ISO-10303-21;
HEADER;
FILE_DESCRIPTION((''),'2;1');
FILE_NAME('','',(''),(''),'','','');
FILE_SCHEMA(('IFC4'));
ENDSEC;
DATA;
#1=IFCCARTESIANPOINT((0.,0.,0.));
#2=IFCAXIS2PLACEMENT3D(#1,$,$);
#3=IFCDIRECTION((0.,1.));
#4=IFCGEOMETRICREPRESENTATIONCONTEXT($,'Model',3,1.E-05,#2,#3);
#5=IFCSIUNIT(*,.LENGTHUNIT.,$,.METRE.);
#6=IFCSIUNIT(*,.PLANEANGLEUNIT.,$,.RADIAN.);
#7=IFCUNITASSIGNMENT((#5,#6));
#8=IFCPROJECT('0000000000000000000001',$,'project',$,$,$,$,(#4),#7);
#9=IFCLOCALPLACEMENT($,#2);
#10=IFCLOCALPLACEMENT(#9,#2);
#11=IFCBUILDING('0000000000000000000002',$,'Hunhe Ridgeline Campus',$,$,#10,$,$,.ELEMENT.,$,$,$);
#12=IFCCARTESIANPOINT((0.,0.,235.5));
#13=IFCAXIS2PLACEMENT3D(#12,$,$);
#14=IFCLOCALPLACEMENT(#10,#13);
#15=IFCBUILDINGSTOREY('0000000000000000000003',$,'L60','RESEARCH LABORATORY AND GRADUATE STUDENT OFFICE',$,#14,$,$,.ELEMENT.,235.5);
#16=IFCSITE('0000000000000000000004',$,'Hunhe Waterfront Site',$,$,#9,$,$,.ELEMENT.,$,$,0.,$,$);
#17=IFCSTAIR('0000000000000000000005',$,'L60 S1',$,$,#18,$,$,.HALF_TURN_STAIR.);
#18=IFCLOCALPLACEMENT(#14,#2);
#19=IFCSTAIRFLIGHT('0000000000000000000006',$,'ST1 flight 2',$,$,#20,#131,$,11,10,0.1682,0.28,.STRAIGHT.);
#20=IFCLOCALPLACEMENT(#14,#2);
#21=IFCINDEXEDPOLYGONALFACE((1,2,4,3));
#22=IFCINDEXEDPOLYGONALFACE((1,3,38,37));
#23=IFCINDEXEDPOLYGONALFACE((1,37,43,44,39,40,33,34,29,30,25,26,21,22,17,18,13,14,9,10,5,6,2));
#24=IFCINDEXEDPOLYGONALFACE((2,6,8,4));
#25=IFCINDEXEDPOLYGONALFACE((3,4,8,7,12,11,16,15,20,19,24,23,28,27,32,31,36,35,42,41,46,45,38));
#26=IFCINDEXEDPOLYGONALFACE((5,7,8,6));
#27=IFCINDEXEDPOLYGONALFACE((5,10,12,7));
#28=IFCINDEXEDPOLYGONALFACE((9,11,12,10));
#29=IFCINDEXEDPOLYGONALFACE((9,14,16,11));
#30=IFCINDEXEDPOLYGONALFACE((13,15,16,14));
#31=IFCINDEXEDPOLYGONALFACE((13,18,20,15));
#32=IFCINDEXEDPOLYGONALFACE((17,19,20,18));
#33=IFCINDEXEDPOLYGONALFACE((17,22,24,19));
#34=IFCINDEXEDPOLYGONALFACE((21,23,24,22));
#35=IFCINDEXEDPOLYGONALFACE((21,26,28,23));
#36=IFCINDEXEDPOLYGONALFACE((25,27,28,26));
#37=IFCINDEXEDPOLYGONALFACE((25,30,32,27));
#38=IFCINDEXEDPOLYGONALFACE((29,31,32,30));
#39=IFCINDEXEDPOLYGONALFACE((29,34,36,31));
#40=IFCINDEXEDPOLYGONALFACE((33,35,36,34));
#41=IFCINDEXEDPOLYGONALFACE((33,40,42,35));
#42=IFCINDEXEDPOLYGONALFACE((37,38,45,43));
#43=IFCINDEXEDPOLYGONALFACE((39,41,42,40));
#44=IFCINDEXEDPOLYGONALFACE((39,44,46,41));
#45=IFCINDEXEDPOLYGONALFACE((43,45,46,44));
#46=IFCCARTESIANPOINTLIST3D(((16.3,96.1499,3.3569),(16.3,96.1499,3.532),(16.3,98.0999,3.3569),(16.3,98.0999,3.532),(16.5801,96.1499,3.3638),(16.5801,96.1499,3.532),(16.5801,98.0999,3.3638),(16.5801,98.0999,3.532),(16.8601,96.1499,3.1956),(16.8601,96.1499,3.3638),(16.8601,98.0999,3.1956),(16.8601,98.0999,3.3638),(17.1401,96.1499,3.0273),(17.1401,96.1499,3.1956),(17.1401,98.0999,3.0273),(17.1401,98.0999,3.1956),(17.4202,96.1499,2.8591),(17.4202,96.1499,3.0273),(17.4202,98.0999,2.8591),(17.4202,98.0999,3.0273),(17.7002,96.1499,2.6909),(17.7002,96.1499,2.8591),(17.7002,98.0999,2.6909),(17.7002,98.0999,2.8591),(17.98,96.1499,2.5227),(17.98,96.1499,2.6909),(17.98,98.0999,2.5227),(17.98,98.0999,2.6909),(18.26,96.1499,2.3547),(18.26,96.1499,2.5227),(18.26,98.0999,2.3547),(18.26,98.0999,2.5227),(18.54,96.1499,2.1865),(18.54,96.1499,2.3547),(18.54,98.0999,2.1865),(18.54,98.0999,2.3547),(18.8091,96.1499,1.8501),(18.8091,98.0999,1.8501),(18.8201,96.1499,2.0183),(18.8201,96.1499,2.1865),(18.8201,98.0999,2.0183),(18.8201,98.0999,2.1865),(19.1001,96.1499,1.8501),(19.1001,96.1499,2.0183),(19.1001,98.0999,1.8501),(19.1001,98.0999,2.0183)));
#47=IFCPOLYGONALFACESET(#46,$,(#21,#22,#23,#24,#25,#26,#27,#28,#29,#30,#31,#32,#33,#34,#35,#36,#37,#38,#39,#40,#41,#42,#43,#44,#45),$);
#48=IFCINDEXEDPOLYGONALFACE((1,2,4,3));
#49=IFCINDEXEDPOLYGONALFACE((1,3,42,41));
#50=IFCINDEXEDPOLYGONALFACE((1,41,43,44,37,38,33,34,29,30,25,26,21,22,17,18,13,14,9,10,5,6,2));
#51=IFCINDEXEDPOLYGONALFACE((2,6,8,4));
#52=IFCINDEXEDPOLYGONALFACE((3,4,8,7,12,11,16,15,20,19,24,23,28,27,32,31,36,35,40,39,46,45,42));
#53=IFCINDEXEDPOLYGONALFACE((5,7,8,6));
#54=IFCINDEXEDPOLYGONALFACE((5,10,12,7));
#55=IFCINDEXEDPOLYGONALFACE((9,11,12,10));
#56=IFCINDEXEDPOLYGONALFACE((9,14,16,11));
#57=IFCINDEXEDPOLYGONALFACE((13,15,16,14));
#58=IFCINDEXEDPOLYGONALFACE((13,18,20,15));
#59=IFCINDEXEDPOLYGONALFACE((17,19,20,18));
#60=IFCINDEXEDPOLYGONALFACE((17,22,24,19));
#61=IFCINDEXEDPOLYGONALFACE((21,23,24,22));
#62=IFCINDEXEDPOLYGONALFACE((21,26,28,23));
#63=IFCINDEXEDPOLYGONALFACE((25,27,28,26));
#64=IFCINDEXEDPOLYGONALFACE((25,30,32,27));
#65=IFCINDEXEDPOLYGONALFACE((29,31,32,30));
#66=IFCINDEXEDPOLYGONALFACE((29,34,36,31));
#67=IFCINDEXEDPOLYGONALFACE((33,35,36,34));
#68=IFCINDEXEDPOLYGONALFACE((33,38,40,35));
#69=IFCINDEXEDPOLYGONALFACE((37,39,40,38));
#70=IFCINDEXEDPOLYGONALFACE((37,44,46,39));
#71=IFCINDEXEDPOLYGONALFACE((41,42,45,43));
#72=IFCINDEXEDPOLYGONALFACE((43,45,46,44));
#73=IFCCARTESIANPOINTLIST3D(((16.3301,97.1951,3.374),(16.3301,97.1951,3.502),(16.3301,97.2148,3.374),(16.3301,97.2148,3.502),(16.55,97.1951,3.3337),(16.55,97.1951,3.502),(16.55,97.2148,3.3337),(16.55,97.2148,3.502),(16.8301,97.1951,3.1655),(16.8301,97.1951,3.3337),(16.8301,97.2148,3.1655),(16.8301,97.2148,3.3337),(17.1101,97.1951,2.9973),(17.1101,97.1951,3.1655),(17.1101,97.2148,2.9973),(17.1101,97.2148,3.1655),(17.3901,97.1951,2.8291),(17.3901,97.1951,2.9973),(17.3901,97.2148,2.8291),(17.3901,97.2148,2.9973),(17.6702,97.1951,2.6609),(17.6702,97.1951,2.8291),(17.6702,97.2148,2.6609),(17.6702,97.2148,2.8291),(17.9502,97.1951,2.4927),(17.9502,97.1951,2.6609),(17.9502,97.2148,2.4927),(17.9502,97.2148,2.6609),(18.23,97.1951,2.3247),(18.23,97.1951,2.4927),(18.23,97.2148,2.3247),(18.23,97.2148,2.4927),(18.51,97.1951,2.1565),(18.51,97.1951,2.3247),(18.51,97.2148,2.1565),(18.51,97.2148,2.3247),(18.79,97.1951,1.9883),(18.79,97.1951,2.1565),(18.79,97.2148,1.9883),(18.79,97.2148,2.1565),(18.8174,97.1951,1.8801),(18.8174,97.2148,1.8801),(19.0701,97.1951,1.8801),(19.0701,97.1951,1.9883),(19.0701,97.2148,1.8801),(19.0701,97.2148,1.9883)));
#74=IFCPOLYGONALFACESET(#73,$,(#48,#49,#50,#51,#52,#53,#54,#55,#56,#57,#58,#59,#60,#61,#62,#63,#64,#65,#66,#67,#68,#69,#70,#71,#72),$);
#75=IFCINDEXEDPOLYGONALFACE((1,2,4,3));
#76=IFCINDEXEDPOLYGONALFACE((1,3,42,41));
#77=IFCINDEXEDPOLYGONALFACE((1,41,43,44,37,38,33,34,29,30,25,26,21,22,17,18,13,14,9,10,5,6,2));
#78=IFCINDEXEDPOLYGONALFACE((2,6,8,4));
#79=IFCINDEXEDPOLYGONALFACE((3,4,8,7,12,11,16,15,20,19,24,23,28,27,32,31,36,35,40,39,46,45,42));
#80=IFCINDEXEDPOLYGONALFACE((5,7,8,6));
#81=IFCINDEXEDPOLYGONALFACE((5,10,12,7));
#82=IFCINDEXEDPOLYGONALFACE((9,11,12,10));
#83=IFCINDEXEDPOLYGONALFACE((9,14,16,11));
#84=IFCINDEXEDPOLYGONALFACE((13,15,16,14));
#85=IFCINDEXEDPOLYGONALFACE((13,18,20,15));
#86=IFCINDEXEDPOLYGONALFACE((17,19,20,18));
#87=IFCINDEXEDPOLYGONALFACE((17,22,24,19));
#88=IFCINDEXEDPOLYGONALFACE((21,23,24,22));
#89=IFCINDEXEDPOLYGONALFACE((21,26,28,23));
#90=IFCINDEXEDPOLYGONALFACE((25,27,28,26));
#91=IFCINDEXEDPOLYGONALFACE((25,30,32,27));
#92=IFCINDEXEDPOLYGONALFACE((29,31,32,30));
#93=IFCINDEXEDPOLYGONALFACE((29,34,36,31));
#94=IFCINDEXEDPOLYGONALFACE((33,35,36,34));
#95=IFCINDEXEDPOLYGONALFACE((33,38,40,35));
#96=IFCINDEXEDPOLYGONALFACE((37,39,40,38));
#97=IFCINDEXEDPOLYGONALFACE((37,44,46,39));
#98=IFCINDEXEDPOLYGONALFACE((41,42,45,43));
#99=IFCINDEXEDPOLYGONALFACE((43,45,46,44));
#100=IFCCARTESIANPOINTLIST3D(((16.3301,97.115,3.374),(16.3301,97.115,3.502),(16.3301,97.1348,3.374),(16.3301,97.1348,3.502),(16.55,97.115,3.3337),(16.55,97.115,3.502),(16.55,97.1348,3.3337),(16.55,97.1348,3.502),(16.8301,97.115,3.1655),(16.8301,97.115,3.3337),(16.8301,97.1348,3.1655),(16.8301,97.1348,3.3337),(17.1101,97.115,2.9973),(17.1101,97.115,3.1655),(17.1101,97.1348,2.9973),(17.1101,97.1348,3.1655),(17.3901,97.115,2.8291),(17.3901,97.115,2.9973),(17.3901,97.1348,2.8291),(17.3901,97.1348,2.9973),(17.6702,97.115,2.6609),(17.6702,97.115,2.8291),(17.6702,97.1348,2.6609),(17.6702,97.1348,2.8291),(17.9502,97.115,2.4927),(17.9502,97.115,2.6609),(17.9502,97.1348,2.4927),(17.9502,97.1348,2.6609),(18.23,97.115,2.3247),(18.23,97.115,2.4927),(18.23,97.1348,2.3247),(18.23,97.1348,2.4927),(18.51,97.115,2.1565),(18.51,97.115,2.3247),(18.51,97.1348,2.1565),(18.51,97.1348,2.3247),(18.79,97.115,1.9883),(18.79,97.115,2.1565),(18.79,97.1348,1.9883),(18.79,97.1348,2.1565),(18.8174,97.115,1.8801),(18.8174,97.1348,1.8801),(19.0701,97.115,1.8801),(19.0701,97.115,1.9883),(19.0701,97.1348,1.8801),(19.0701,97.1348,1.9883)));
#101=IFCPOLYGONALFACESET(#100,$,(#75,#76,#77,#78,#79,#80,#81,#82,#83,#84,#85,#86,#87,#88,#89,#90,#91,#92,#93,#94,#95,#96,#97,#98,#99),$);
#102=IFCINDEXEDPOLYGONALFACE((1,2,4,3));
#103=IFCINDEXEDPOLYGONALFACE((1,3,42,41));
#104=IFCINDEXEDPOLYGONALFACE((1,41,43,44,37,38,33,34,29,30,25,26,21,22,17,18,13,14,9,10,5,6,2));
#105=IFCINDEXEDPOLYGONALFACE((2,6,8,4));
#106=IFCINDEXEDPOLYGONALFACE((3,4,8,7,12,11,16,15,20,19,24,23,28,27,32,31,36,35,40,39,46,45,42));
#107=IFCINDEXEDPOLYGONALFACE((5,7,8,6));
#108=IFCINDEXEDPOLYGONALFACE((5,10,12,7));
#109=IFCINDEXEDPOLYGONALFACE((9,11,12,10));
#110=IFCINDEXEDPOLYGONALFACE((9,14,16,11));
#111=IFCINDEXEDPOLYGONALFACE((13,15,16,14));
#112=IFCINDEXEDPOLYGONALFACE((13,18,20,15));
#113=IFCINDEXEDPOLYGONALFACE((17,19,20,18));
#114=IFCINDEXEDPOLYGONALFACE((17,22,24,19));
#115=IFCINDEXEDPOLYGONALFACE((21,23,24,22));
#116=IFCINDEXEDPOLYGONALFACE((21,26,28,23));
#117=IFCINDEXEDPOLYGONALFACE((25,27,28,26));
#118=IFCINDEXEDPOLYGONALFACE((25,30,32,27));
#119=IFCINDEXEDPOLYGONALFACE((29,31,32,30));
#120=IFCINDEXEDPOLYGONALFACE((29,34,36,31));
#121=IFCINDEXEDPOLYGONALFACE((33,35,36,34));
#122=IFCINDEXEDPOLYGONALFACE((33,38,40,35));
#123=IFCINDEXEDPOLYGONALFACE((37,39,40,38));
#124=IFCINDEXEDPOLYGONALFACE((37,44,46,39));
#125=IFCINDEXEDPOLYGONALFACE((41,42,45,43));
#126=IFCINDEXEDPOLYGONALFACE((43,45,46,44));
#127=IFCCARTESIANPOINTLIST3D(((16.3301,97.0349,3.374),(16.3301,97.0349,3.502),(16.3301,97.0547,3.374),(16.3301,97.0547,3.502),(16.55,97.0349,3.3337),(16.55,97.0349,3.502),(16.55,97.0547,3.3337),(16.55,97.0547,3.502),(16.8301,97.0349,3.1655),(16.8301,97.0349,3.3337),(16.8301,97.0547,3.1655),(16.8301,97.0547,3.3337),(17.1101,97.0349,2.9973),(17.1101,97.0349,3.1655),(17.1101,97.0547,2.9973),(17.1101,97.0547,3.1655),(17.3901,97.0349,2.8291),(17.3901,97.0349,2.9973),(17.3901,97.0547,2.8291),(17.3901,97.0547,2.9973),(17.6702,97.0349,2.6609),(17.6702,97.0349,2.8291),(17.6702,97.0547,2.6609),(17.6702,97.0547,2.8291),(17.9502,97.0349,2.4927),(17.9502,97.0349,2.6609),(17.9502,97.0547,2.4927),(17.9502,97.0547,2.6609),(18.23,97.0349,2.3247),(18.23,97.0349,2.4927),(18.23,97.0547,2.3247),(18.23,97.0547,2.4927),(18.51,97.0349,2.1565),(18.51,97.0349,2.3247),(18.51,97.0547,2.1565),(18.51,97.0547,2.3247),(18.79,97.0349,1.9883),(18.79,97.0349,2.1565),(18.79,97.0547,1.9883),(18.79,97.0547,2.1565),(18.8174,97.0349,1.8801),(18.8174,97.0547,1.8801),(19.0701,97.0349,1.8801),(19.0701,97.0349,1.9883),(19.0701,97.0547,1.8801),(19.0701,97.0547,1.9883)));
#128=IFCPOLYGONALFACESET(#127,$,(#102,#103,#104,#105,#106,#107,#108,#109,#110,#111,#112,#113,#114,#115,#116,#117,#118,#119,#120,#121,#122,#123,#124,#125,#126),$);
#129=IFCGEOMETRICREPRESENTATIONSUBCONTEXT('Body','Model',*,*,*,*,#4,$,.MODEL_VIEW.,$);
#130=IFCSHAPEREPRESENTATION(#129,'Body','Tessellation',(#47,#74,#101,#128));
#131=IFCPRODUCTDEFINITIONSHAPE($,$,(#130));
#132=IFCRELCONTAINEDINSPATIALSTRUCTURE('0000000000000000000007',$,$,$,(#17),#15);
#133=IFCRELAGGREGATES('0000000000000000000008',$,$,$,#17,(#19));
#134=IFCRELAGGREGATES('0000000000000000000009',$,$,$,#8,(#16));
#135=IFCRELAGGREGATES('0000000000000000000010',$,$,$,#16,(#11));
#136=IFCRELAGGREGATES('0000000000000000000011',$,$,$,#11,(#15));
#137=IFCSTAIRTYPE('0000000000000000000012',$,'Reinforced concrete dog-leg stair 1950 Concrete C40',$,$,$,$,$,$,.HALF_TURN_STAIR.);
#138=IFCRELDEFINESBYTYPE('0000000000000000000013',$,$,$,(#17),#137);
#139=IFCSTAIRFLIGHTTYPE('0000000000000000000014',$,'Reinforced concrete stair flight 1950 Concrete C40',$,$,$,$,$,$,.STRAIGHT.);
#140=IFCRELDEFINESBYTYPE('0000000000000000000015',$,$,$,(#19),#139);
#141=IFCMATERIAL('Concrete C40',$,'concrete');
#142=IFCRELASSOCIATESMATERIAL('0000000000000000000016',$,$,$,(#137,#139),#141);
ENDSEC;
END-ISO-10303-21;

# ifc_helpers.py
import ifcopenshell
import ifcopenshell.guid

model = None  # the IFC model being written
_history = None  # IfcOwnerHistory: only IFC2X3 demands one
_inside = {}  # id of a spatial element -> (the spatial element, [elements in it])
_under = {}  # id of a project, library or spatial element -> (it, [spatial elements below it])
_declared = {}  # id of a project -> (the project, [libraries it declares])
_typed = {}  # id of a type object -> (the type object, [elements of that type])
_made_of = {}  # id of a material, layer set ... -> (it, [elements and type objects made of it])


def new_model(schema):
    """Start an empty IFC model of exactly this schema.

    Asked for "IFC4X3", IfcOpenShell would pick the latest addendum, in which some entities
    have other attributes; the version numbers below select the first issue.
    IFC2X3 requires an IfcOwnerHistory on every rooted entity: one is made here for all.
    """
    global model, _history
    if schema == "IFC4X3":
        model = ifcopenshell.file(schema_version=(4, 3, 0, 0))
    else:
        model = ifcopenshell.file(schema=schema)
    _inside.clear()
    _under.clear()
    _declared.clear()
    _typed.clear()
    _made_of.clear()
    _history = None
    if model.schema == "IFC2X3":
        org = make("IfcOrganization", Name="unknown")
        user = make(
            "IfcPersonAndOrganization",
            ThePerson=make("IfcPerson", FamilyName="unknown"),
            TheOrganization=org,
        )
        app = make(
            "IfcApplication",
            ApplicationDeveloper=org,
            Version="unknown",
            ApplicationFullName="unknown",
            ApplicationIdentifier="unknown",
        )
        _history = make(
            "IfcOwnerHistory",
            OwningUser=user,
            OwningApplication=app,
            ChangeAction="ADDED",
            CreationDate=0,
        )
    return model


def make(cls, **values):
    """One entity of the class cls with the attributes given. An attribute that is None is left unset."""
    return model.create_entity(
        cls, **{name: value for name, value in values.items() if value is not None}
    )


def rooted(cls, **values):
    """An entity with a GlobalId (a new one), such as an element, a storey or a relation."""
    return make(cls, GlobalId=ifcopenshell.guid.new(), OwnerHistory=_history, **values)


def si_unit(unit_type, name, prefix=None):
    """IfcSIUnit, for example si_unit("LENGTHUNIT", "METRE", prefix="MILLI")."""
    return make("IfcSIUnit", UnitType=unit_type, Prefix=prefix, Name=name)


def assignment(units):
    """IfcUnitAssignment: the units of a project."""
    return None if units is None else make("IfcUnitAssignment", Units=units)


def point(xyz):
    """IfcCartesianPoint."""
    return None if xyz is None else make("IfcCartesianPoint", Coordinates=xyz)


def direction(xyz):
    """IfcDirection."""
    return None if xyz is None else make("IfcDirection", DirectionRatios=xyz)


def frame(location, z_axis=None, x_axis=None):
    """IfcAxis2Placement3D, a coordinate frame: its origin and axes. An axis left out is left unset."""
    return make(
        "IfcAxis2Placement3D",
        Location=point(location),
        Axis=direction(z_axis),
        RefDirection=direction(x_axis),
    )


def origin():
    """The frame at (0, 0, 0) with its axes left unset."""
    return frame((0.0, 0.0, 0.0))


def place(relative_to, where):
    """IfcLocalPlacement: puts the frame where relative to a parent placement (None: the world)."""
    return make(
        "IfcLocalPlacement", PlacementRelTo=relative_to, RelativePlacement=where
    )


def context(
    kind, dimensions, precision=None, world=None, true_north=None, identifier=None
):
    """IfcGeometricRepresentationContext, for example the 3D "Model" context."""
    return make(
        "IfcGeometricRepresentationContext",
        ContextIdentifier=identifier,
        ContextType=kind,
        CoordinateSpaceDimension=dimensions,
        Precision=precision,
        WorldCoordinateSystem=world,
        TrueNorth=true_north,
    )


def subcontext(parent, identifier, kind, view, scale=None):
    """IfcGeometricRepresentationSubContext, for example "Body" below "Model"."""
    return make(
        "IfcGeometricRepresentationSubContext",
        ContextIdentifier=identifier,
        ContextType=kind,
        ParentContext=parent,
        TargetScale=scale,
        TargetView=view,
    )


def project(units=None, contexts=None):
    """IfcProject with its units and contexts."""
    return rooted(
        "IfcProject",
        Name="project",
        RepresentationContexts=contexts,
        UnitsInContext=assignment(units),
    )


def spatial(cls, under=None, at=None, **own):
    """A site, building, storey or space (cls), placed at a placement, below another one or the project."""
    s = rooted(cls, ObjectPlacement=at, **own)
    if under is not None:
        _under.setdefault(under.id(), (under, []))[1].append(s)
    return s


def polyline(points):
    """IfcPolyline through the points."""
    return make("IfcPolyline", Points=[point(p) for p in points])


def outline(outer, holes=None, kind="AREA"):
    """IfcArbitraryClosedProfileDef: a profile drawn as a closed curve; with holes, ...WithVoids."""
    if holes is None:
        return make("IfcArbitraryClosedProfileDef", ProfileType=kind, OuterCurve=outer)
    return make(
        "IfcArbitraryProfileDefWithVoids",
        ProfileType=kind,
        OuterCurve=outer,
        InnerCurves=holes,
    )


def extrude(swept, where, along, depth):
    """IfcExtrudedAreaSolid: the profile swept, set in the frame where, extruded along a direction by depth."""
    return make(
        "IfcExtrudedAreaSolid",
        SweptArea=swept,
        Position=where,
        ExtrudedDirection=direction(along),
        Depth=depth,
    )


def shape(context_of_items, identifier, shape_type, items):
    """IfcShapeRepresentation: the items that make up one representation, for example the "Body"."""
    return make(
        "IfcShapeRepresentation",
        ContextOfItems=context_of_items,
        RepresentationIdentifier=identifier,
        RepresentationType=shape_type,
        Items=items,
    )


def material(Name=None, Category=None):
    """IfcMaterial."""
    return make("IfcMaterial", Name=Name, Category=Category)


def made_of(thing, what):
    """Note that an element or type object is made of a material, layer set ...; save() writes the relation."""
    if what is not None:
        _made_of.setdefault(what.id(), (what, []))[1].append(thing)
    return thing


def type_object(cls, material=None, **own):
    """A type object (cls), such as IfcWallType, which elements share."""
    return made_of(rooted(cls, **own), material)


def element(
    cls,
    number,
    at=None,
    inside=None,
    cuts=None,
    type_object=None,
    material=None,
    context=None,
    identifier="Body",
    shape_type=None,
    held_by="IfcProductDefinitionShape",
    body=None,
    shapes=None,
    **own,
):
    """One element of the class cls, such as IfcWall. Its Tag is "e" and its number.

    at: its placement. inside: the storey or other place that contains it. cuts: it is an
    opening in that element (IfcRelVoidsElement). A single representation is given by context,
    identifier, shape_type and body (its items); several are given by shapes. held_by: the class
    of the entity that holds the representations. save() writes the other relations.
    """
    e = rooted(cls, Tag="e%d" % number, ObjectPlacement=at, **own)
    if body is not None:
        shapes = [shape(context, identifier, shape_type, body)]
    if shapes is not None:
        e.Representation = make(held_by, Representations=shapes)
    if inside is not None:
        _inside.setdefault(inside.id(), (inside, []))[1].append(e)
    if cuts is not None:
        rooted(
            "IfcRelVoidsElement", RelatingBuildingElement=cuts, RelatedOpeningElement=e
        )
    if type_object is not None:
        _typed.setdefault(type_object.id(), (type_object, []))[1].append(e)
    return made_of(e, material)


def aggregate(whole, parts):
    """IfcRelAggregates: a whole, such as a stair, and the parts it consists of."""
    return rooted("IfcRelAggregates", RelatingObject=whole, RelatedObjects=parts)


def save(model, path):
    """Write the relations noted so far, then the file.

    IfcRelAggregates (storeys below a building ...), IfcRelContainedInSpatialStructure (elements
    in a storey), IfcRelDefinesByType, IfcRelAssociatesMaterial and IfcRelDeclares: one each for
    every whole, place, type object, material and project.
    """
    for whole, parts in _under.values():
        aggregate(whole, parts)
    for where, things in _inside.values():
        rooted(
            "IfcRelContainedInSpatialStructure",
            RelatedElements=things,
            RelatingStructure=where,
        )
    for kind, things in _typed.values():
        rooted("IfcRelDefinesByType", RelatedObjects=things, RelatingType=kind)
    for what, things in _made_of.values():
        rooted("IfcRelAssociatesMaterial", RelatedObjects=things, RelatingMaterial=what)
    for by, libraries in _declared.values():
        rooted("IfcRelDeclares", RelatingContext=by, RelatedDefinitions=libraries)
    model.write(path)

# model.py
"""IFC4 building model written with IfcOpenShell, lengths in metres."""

from ifc_helpers import new_model, si_unit, direction, frame, origin, place, context, subcontext, project, spatial, polyline, outline, extrude, material, type_object, element, aggregate, save


model = new_model("IFC4")

# Units and contexts
model_context = context("Model", 3, precision=1e-05, world=origin(), true_north=direction((0.0, 1.0)))
body_context = subcontext(model_context, "Body", "Model", "MODEL_VIEW")
ifc_project = project(units=[si_unit("LENGTHUNIT", "METRE"), si_unit("PLANEANGLEUNIT", "RADIAN")], contexts=[model_context])

# Site, building, storey
site_placement = place(None, origin())
site = spatial("IfcSite", under=ifc_project, at=site_placement, Name="Hunhe Waterfront Site", CompositionType="ELEMENT", RefElevation=0.0)
building_placement = place(site_placement, origin())
building = spatial("IfcBuilding", under=site, at=building_placement, Name="Hunhe Ridgeline Campus", CompositionType="ELEMENT")
storey_placement = place(building_placement, frame((0.0, 0.0, 235.5)))
storey = spatial("IfcBuildingStorey", under=building, at=storey_placement, Name="L60", Description="RESEARCH LABORATORY AND GRADUATE STUDENT OFFICE", CompositionType="ELEMENT", Elevation=235.5)

# Stair, stair flight
ifc_material_1 = material(Name="Concrete C40", Category="concrete")
stair_type = type_object("IfcStairType", Name="Reinforced concrete dog-leg stair 1950 Concrete C40", PredefinedType="HALF_TURN_STAIR", material=ifc_material_1)
stair_placement = place(storey_placement, origin())
stair = element("IfcStair", 1, at=stair_placement, inside=storey, type_object=stair_type, Name="L60 S1", PredefinedType="HALF_TURN_STAIR")
stair_flight_type = type_object("IfcStairFlightType", Name="Reinforced concrete stair flight 1950 Concrete C40", PredefinedType="STRAIGHT", material=ifc_material_1)
stair_flight_1_placement = place(storey_placement, frame((19.1001, 97.125, 1.8501), z_axis=(0.0, 0.0, 1.0), x_axis=(-1.0, 0.0, 0.0)))
stair_flight_1 = element("IfcStairFlight", 2, at=stair_flight_1_placement, type_object=stair_flight_type, Name="ST1 flight 2", NumberOfRisers=11, NumberOfTreads=10, PredefinedType="STRAIGHT", RiserHeight=0.1682, TreadLength=0.28, context=body_context, shape_type="SweptSolid", body=[
    extrude(outline(polyline([(0.0, 0.0), (0.0, 0.1682), (0.28, 0.1682), (0.28, 0.3364), (0.5601, 0.3364), (0.5601, 0.5046), (0.8401, 0.5046), (0.8401, 0.6726), (1.1201, 0.6726), (1.1201, 0.8408), (1.3999, 0.8408), (1.3999, 1.009), (1.6799, 1.009), (1.6799, 1.1772), (1.96, 1.1772), (1.96, 1.3455), (2.24, 1.3455), (2.24, 1.5137), (2.52, 1.5137), (2.52, 1.6819), (2.8, 1.6819), (2.8, 1.8501), (2.8, 1.5068), (0.291, 0.0), (0.0, 0.0)])), frame((0.0, 0.9751, 0.0), z_axis=(0.0, -1.0, 0.0), x_axis=(1.0, 0.0, 0.0)), (0.0, 0.0, 1.0), 1.95),
    extrude(outline(polyline([(0.03, 0.03), (0.03, 0.1382), (0.3101, 0.1382), (0.3101, 0.3064), (0.5901, 0.3064), (0.5901, 0.4746), (0.8701, 0.4746), (0.8701, 0.6426), (1.1499, 0.6426), (1.1499, 0.8108), (1.4299, 0.8108), (1.4299, 0.979), (1.71, 0.979), (1.71, 1.1472), (1.99, 1.1472), (1.99, 1.3154), (2.27, 1.3154), (2.27, 1.4836), (2.55, 1.4836), (2.55, 1.6519), (2.77, 1.6519), (2.77, 1.5239), (0.2827, 0.03), (0.03, 0.03)])), frame((0.0, -0.0701, 0.0), z_axis=(0.0, -1.0, 0.0), x_axis=(1.0, 0.0, 0.0)), (0.0, 0.0, 1.0), 0.0198),
    extrude(outline(polyline([(0.03, 0.03), (0.03, 0.1382), (0.3101, 0.1382), (0.3101, 0.3064), (0.5901, 0.3064), (0.5901, 0.4746), (0.8701, 0.4746), (0.8701, 0.6426), (1.1499, 0.6426), (1.1499, 0.8108), (1.4299, 0.8108), (1.4299, 0.979), (1.71, 0.979), (1.71, 1.1472), (1.99, 1.1472), (1.99, 1.3154), (2.27, 1.3154), (2.27, 1.4836), (2.55, 1.4836), (2.55, 1.6519), (2.77, 1.6519), (2.77, 1.5239), (0.2827, 0.03), (0.03, 0.03)])), frame((0.0, 0.01, 0.0), z_axis=(0.0, -1.0, 0.0), x_axis=(1.0, 0.0, 0.0)), (0.0, 0.0, 1.0), 0.0198),
    extrude(outline(polyline([(0.03, 0.03), (0.03, 0.1382), (0.3101, 0.1382), (0.3101, 0.3064), (0.5901, 0.3064), (0.5901, 0.4746), (0.8701, 0.4746), (0.8701, 0.6426), (1.1499, 0.6426), (1.1499, 0.8108), (1.4299, 0.8108), (1.4299, 0.979), (1.71, 0.979), (1.71, 1.1472), (1.99, 1.1472), (1.99, 1.3154), (2.27, 1.3154), (2.27, 1.4836), (2.55, 1.4836), (2.55, 1.6519), (2.77, 1.6519), (2.77, 1.5239), (0.2827, 0.03), (0.03, 0.03)])), frame((0.0, 0.0901, 0.0), z_axis=(0.0, -1.0, 0.0), x_axis=(1.0, 0.0, 0.0)), (0.0, 0.0, 1.0), 0.0198),
])
aggregate(stair, [stair_flight_1])

save(model, "model.ifc")
